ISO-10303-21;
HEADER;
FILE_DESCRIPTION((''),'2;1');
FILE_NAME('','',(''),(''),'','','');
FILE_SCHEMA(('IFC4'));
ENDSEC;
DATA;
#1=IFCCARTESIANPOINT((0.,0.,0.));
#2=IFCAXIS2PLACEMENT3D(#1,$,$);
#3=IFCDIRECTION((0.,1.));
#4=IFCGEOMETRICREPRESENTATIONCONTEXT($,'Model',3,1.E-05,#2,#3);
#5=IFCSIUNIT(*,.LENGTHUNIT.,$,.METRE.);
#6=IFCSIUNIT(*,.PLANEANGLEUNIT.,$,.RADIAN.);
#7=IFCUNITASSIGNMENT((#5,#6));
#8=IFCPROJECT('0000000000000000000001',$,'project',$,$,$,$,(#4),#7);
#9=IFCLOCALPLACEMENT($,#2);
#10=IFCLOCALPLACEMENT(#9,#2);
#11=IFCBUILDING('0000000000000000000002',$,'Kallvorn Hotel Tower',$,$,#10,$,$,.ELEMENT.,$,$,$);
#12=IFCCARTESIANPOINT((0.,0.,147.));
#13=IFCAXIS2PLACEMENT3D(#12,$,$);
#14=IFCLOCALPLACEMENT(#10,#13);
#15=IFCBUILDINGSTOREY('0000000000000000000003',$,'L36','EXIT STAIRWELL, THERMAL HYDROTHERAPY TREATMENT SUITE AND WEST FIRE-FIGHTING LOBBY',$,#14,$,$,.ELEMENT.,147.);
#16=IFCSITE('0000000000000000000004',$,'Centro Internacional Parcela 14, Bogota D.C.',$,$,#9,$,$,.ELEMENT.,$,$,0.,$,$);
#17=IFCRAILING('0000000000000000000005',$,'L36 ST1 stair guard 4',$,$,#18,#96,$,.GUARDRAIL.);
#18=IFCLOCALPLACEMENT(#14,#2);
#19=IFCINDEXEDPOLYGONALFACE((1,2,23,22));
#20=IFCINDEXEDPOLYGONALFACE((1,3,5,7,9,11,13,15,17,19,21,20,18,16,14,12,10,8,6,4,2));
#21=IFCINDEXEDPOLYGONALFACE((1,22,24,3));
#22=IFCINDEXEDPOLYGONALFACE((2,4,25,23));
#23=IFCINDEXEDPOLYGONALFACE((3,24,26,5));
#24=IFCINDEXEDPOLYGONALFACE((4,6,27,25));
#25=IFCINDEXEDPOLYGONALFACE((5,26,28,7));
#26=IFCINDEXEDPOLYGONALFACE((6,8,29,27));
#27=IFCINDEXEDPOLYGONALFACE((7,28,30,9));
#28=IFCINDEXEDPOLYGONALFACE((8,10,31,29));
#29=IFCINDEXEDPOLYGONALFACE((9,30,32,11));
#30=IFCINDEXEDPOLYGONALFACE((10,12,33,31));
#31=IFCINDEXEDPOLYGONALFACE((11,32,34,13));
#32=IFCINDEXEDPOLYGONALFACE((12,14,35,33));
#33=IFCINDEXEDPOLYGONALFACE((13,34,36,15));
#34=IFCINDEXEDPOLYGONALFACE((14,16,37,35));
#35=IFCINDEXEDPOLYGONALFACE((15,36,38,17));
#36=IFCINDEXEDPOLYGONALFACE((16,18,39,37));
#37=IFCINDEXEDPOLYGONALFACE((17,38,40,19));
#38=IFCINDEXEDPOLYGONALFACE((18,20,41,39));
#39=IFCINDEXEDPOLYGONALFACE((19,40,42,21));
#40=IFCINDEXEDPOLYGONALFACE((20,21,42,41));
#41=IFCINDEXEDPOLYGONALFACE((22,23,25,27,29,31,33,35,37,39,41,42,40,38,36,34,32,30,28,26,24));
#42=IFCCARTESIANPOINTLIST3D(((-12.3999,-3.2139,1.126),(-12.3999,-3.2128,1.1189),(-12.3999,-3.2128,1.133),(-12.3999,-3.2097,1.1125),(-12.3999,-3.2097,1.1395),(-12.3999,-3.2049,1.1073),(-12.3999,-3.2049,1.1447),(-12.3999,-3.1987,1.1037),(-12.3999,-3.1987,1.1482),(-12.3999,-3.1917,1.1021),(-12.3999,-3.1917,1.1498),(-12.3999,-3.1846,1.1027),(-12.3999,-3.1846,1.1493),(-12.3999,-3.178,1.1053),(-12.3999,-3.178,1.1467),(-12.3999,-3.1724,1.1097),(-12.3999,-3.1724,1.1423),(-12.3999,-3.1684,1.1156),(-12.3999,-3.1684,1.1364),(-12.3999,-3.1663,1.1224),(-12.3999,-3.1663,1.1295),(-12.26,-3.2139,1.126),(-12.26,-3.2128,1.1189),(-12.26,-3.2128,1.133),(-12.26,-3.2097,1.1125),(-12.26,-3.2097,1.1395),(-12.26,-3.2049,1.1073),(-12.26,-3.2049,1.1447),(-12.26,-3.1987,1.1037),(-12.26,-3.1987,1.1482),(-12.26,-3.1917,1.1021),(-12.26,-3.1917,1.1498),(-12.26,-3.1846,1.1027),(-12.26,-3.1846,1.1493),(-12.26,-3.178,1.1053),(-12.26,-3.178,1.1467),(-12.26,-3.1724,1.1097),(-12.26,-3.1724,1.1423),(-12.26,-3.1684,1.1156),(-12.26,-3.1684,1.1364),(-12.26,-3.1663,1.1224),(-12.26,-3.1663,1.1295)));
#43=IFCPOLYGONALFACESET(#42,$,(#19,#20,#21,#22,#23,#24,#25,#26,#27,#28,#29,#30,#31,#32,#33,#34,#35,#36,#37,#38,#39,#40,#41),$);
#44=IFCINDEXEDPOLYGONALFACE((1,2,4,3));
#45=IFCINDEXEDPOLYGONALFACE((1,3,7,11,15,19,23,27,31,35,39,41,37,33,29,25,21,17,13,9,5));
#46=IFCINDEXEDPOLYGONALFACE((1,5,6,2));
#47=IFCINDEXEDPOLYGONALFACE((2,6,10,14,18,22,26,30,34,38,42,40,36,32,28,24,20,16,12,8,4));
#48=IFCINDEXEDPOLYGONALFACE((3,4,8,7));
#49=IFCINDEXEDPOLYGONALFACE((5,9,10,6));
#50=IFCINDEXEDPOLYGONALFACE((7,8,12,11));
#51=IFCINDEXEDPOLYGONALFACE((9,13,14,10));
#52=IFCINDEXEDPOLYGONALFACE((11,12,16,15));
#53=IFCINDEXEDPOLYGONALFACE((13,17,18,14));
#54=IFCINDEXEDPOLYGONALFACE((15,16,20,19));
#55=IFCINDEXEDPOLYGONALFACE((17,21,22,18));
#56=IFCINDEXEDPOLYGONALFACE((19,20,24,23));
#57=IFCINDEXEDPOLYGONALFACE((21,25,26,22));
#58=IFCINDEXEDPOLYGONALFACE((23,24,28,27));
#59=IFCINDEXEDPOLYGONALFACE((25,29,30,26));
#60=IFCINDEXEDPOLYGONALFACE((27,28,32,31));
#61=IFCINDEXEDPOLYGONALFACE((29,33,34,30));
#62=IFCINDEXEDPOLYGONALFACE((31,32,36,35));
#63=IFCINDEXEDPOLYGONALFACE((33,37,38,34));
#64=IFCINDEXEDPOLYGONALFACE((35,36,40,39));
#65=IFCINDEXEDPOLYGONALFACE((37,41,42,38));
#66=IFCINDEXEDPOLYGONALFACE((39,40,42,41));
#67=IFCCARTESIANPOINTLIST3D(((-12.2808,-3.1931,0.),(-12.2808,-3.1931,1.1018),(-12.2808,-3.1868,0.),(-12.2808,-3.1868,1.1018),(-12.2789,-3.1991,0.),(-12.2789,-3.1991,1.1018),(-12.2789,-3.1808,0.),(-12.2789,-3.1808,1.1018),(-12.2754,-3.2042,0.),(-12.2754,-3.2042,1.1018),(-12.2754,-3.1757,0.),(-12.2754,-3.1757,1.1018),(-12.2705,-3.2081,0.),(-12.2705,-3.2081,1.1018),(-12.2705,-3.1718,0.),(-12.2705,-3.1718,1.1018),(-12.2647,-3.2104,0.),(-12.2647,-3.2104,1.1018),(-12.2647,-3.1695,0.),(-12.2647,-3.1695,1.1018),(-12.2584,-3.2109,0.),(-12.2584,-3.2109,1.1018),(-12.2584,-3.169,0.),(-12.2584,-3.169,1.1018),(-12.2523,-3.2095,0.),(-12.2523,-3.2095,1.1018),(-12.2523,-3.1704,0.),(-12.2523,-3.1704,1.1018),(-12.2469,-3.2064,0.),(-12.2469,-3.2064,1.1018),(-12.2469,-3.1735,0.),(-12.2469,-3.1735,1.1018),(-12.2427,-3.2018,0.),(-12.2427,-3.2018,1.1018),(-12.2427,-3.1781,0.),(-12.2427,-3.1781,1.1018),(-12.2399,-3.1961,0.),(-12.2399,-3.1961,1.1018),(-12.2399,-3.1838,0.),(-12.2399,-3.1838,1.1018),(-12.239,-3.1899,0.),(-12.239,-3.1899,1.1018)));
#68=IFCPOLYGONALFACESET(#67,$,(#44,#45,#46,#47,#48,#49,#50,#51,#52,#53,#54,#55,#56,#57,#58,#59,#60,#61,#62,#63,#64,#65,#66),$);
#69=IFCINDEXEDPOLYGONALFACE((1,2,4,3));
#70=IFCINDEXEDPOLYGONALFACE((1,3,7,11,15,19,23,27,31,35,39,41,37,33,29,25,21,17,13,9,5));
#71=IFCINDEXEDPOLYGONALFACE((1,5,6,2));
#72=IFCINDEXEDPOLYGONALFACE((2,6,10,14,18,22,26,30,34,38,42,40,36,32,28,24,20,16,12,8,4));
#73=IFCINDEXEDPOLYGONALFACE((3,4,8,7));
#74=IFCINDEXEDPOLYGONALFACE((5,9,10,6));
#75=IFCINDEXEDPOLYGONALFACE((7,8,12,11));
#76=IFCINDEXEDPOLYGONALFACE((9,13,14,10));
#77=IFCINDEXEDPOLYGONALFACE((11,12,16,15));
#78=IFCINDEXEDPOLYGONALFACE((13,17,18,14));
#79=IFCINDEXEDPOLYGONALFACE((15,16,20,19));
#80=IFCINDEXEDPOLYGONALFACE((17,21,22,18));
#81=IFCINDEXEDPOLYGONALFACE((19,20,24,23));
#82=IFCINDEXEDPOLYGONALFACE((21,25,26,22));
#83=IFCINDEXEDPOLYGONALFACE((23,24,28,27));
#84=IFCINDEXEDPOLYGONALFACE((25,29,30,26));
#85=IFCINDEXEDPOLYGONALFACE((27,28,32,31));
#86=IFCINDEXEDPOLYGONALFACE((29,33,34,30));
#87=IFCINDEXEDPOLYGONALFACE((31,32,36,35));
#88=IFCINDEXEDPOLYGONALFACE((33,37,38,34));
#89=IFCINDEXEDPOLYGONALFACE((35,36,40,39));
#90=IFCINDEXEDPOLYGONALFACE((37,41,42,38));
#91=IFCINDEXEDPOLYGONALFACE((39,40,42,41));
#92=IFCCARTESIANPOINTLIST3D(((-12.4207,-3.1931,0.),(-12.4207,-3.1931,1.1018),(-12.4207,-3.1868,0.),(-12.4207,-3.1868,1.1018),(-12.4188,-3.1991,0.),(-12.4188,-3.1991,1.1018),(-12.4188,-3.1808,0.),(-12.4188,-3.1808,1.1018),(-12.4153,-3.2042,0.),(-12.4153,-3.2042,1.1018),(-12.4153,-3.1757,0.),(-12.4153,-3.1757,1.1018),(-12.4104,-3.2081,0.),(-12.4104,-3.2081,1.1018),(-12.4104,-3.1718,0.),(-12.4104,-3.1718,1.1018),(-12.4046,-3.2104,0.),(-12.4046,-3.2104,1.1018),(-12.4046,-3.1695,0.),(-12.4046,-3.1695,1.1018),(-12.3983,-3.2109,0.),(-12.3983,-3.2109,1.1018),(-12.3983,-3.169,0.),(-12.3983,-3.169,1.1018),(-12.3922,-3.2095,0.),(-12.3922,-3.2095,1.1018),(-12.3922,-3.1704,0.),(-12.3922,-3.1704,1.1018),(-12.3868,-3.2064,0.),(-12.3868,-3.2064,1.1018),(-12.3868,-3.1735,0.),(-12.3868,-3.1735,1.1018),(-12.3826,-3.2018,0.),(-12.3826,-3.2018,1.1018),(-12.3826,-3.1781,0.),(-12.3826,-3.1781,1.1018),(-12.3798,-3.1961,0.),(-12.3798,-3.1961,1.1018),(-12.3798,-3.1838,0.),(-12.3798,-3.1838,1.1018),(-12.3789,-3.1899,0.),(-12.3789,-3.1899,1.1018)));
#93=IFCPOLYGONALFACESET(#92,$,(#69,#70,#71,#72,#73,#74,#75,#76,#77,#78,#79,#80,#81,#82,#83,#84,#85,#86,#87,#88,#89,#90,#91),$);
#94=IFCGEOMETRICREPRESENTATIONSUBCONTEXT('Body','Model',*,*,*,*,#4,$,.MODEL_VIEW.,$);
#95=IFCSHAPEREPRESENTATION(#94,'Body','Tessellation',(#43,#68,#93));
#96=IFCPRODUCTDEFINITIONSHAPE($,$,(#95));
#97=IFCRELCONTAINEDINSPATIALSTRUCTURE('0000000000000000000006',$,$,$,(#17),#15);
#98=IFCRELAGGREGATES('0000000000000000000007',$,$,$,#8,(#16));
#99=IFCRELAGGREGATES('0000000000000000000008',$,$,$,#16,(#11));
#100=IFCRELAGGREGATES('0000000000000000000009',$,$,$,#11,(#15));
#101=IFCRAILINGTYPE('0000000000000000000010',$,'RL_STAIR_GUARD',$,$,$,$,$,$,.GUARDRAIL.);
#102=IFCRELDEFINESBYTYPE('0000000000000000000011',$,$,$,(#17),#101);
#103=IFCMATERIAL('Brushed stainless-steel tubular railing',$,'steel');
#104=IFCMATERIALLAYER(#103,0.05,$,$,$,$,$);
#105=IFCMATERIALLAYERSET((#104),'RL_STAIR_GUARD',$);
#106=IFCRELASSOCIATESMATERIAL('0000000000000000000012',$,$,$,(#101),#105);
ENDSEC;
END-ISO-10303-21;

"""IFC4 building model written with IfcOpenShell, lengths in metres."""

from ifc_helpers import new_model, si_unit, direction, frame, origin, origin_2d, place, context, subcontext, project, spatial, circle, extrude, material, layer, layer_set, type_object, element, save


model = new_model("IFC4")

# Units and contexts
model_context = context("Model", 3, precision=1e-05, world=origin(), true_north=direction((0.0, 1.0)))
body_context = subcontext(model_context, "Body", "Model", "MODEL_VIEW")
ifc_project = project(units=[si_unit("LENGTHUNIT", "METRE"), si_unit("PLANEANGLEUNIT", "RADIAN")], contexts=[model_context])

# Site, building, storey
site_placement = place(None, origin())
site = spatial("IfcSite", under=ifc_project, at=site_placement, Name="Centro Internacional Parcela 14, Bogota D.C.", CompositionType="ELEMENT", RefElevation=0.0)
building_placement = place(site_placement, origin())
building = spatial("IfcBuilding", under=site, at=building_placement, Name="Kallvorn Hotel Tower", CompositionType="ELEMENT")
storey_placement = place(building_placement, frame((0.0, 0.0, 147.0)))
storey = spatial("IfcBuildingStorey", under=building, at=storey_placement, Name="L36", Description="EXIT STAIRWELL, THERMAL HYDROTHERAPY TREATMENT SUITE AND WEST FIRE-FIGHTING LOBBY", CompositionType="ELEMENT", Elevation=147.0)

# Railing
ifc_material_1 = material(Name="Brushed stainless-steel tubular railing", Category="steel")
ifc_layer_1 = layer(ifc_material_1, 0.05)
ifc_layer_set_1 = layer_set([ifc_layer_1], Name="RL_STAIR_GUARD")
railing_type_1 = type_object("IfcRailingType", Name="RL_STAIR_GUARD", PredefinedType="GUARDRAIL", material=ifc_layer_set_1)
railing_1_placement = place(storey_placement, frame((-12.26, -3.1899, 0.0)))
element("IfcRailing", 1, at=railing_1_placement, inside=storey, type_object=railing_type_1, Name="L36 ST1 stair guard 4", PredefinedType="GUARDRAIL", context=body_context, shape_type="SweptSolid", body=[
    extrude(circle(Radius=0.0239, at=origin_2d()), frame((0.0, 0.0, 1.126), z_axis=(-1.0, 0.0, 0.0), x_axis=(0.0, -1.0, 0.0)), (0.0, 0.0, 1.0), 0.1399),
    extrude(circle(Radius=0.021, at=origin_2d()), origin(), (0.0, 0.0, 1.0), 1.1018),
    extrude(circle(Radius=0.021, at=origin_2d()), frame((-0.1399, 0.0, 0.0)), (0.0, 0.0, 1.0), 1.1018),
])

save(model, "model.ifc")
